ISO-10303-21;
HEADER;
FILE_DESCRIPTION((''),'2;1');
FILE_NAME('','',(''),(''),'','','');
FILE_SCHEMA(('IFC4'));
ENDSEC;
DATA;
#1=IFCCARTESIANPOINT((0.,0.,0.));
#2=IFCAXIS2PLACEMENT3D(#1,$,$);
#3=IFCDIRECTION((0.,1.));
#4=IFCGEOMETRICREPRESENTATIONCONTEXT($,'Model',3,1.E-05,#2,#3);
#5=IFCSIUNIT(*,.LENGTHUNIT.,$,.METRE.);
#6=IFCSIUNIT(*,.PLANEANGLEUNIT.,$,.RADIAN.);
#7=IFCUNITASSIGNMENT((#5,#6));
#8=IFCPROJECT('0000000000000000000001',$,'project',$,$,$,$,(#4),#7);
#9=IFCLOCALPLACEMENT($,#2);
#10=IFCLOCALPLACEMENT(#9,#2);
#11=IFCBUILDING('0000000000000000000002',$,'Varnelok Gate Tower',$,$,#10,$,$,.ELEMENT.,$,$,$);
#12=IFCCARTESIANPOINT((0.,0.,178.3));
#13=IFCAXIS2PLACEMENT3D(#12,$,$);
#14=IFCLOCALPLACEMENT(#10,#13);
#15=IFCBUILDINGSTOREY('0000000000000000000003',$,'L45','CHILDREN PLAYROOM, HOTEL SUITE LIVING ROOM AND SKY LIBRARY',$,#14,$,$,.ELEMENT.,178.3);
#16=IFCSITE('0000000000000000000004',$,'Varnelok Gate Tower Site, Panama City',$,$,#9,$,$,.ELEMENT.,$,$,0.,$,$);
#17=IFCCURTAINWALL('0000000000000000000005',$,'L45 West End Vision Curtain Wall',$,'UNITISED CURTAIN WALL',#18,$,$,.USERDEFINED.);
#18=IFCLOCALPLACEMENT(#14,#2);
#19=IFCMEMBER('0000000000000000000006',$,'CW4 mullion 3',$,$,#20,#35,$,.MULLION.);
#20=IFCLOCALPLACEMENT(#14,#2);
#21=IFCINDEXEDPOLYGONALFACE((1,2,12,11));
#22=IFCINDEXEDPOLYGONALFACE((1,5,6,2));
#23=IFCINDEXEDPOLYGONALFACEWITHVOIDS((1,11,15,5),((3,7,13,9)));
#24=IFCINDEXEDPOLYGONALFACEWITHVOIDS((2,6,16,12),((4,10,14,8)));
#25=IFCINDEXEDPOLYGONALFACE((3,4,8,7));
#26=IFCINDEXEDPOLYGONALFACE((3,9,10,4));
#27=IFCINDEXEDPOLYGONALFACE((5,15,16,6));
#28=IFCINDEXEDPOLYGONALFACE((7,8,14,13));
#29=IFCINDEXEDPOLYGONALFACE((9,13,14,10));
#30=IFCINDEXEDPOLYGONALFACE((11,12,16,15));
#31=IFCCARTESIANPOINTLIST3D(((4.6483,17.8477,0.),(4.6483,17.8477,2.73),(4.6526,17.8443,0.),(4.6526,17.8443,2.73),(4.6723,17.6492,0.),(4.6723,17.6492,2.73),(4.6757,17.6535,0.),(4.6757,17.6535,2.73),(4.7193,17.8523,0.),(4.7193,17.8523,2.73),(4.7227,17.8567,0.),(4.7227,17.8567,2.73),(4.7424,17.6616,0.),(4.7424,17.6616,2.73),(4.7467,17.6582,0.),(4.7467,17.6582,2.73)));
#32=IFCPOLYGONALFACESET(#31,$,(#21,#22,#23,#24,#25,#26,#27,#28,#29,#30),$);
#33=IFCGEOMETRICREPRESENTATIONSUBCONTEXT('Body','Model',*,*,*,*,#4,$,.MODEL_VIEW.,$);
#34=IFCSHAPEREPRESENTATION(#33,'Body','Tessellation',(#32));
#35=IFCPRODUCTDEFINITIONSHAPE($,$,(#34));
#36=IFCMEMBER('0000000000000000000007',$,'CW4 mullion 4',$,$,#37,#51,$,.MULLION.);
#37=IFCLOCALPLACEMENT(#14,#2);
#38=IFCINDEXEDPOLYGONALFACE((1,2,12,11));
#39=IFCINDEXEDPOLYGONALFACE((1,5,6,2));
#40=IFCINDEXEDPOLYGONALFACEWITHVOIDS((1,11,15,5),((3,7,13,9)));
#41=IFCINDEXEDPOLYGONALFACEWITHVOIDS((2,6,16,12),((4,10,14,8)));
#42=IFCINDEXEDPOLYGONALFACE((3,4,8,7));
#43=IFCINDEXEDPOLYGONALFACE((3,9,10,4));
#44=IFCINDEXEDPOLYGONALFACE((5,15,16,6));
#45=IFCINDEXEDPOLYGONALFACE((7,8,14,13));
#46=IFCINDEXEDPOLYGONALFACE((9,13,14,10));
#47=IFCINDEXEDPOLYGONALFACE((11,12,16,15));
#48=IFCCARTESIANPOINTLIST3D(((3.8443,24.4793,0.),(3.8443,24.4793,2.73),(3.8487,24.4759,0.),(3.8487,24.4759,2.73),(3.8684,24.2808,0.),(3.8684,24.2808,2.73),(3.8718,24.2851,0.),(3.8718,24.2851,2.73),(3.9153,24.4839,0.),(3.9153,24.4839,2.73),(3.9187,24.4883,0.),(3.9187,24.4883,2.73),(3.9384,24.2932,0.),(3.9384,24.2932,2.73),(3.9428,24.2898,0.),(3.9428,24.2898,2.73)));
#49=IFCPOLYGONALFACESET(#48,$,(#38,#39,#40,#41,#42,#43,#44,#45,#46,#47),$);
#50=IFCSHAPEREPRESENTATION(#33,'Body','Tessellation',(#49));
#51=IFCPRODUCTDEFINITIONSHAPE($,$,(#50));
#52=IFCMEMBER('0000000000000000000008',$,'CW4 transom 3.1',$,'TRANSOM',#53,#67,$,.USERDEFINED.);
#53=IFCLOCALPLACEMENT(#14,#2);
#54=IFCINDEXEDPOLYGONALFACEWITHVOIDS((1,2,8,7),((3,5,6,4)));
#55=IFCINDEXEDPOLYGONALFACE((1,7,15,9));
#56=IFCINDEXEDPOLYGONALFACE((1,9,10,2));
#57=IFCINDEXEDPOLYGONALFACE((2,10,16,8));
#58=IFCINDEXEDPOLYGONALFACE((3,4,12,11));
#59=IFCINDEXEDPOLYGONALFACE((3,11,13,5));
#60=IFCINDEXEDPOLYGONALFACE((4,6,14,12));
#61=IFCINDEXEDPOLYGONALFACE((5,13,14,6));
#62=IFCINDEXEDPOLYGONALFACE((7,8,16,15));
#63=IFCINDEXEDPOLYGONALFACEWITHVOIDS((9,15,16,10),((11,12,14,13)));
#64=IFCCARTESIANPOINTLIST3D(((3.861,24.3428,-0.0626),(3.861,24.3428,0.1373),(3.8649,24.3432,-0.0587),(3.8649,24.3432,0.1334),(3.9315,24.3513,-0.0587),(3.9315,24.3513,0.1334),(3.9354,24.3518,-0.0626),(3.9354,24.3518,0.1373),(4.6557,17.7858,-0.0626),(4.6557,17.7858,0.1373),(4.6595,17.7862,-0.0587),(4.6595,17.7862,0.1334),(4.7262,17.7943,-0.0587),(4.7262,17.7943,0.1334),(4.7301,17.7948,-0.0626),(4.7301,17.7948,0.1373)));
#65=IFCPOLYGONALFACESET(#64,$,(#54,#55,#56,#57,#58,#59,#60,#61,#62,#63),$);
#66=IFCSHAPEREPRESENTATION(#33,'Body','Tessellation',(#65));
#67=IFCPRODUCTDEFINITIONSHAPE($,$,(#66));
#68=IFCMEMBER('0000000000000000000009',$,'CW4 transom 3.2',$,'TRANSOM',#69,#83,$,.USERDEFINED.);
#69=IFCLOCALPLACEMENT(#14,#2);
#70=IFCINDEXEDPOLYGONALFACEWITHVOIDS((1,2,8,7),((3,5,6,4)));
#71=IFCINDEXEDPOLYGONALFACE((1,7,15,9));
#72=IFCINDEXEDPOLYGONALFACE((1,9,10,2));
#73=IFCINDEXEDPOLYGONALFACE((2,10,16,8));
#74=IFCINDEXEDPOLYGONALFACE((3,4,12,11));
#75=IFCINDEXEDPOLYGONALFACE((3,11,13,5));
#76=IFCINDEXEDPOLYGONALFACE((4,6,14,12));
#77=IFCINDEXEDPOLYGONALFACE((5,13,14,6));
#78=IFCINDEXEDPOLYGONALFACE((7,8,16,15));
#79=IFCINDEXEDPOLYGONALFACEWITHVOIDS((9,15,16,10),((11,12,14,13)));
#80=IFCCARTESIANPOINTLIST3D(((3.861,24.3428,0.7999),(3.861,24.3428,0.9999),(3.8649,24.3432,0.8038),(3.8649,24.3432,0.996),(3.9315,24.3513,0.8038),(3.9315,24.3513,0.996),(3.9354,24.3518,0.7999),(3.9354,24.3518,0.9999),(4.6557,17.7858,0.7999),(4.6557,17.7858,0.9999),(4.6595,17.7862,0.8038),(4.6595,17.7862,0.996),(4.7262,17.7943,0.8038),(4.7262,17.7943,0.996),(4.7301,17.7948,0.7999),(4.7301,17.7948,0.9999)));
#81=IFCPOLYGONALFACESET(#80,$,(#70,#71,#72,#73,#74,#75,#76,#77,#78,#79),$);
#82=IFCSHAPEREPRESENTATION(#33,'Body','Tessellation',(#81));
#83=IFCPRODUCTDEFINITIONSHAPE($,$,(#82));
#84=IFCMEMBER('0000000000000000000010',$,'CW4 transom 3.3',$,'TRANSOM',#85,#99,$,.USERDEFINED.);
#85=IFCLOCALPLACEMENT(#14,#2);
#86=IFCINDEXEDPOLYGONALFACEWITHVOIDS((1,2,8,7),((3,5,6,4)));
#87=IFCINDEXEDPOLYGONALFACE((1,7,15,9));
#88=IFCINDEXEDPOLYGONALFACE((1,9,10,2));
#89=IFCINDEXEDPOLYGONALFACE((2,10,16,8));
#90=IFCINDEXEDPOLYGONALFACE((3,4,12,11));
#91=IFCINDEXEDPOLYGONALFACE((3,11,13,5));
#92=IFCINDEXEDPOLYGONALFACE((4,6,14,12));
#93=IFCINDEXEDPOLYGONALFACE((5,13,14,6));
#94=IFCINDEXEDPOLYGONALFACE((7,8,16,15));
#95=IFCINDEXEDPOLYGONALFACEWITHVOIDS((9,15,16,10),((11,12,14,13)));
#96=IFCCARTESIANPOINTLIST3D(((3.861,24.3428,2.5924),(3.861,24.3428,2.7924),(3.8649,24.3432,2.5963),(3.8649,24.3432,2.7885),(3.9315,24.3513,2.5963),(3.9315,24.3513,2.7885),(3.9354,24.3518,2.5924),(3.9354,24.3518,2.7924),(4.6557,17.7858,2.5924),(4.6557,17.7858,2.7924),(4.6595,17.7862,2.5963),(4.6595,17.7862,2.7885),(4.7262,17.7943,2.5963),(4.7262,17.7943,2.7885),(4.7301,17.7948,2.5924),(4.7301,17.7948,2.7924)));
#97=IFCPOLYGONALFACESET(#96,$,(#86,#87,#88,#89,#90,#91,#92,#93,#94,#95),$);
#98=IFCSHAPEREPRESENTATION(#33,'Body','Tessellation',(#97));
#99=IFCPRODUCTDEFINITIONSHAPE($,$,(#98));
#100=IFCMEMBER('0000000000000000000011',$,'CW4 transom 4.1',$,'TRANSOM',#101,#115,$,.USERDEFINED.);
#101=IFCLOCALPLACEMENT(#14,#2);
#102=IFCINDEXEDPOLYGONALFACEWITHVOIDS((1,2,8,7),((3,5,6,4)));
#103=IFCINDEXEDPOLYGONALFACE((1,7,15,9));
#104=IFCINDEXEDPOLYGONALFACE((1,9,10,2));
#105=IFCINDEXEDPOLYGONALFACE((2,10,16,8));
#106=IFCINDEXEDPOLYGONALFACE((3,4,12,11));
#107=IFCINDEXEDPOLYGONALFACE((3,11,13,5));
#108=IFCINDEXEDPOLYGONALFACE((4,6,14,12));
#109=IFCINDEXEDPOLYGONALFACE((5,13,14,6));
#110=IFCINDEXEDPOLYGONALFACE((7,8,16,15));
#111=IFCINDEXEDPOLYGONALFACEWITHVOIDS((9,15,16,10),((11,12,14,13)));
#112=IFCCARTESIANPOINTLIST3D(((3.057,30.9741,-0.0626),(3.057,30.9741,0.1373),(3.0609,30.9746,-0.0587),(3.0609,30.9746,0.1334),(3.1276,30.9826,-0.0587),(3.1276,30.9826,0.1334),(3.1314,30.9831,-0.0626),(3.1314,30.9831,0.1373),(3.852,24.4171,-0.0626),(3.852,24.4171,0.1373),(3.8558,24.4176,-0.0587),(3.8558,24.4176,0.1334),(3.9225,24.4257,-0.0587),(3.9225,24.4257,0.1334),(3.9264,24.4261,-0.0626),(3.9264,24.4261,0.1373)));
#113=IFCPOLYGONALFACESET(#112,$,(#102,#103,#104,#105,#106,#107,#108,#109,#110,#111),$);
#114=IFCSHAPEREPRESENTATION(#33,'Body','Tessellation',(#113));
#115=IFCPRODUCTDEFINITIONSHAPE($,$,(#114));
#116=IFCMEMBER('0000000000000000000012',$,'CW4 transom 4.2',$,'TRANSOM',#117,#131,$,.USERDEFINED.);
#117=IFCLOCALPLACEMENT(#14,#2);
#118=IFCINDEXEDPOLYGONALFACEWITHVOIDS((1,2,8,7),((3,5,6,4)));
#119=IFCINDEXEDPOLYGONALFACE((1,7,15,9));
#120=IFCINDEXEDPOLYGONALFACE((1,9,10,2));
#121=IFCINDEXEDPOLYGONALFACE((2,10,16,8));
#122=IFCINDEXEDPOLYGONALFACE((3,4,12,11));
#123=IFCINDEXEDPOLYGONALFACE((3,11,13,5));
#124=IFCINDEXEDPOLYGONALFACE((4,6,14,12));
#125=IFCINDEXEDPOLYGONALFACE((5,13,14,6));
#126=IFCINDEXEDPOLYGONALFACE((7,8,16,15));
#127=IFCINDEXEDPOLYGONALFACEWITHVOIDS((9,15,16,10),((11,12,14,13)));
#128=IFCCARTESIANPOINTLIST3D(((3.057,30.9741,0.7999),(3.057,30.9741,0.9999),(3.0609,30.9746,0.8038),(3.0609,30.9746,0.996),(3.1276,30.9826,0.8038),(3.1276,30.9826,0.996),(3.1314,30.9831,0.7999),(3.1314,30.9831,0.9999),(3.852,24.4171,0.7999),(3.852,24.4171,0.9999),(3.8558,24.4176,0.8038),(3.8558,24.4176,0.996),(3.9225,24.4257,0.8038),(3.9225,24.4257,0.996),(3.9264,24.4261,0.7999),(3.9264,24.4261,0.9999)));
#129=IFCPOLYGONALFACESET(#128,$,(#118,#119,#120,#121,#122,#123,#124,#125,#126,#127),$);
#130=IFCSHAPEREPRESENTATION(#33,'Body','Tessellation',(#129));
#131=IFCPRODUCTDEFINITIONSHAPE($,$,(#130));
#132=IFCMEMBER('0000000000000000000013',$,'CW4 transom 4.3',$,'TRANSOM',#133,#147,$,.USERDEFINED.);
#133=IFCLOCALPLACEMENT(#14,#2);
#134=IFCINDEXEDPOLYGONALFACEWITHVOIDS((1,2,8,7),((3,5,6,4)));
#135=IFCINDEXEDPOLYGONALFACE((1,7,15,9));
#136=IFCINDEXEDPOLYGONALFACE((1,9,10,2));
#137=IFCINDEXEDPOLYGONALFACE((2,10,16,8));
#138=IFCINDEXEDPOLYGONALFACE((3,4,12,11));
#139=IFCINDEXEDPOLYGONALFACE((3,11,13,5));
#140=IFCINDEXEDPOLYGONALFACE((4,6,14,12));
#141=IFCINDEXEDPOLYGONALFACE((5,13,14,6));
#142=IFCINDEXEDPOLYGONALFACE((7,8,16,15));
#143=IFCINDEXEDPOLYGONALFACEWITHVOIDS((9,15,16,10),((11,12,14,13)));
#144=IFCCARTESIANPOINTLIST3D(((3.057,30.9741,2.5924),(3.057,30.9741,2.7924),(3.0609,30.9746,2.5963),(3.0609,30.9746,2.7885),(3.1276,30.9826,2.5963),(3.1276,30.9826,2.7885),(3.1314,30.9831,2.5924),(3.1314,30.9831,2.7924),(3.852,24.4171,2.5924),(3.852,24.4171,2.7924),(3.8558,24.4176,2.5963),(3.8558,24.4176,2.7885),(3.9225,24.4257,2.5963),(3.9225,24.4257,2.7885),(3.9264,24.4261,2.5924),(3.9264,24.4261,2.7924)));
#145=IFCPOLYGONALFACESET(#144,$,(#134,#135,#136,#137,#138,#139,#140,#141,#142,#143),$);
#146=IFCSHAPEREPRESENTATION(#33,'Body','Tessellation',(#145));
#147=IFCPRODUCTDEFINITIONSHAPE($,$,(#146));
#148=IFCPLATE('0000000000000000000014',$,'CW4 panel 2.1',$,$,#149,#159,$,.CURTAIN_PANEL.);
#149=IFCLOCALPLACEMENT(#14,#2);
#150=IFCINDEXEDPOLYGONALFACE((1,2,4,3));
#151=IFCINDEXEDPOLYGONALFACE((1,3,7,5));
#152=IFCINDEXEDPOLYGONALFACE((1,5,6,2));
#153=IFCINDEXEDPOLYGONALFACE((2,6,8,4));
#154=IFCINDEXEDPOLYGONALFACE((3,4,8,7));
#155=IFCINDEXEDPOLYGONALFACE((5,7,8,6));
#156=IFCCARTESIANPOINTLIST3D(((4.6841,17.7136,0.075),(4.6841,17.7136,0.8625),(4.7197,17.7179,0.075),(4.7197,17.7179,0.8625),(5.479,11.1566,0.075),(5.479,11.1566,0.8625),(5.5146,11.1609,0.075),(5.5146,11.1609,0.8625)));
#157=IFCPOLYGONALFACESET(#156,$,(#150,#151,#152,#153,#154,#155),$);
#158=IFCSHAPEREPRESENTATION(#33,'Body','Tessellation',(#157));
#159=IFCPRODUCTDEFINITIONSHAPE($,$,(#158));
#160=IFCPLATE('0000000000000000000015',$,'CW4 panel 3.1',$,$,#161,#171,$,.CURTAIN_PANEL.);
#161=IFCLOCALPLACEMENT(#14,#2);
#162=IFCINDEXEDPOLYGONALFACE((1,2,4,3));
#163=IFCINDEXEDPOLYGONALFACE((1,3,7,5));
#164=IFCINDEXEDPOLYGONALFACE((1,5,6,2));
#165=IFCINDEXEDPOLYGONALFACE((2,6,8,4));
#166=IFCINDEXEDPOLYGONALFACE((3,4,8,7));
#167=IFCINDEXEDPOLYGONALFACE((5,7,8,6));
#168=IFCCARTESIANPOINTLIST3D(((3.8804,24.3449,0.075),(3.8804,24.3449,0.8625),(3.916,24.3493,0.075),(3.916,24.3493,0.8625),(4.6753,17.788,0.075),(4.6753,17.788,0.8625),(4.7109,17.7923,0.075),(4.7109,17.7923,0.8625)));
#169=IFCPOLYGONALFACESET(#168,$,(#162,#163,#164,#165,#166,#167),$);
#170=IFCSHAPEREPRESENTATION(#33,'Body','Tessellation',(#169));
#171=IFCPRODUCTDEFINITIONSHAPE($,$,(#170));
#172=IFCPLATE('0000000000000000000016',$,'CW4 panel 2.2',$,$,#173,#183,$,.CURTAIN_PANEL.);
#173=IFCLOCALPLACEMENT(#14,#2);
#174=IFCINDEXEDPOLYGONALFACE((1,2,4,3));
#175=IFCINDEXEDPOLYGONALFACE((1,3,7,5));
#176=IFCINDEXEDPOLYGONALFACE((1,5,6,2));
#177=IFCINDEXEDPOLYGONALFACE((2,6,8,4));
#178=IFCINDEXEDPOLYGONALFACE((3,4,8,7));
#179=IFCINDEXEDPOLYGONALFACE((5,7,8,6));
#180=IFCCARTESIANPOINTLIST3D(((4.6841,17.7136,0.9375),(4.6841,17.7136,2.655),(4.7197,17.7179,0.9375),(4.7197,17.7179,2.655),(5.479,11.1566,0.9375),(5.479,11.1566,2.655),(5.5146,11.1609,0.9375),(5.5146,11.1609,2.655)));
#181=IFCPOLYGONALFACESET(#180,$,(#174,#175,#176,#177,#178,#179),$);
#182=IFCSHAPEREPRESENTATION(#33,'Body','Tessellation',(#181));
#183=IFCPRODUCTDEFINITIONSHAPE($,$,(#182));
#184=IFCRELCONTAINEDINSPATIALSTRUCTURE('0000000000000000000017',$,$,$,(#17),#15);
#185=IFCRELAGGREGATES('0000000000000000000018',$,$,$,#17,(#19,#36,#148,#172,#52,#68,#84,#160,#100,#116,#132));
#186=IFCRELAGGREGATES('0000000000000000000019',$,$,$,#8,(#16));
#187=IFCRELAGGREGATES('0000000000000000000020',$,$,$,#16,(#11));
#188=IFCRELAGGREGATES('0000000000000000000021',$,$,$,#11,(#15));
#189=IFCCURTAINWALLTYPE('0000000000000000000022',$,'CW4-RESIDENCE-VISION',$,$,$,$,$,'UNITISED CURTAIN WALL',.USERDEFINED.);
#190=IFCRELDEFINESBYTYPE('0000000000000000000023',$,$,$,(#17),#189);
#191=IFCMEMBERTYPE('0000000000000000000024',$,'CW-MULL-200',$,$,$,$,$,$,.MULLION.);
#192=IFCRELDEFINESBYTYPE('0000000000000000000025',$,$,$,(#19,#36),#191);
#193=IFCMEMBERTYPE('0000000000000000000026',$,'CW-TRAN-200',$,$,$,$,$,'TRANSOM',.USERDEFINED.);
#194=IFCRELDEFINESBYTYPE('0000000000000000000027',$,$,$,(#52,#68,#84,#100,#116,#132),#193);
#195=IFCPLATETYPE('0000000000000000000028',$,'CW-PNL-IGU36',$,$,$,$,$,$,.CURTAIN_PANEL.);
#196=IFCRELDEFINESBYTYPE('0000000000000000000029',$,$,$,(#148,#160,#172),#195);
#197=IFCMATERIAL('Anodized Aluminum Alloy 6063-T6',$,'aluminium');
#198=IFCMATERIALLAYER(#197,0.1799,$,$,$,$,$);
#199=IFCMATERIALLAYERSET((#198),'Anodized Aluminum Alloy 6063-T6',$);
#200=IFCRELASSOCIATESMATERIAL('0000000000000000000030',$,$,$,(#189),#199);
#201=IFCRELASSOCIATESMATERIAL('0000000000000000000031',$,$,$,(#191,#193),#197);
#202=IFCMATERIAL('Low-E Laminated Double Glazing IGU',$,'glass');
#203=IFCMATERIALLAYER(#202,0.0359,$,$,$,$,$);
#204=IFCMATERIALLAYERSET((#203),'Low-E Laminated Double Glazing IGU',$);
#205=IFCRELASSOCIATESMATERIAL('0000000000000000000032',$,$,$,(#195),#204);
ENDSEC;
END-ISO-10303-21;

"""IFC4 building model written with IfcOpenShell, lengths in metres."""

from ifc_helpers import new_model, si_unit, direction, frame, origin, origin_2d, place, context, subcontext, project, spatial, rectangle, hollow_rectangle, extrude, source, transform, mapped, material, layer, layer_set, material_profile, profile_set, type_object, element, aggregate, save


model = new_model("IFC4")

# Units and contexts
model_context = context("Model", 3, precision=1e-05, world=origin(), true_north=direction((0.0, 1.0)))
body_context = subcontext(model_context, "Body", "Model", "MODEL_VIEW")
ifc_project = project(units=[si_unit("LENGTHUNIT", "METRE"), si_unit("PLANEANGLEUNIT", "RADIAN")], contexts=[model_context])

# Site, building, storey
site_placement = place(None, origin())
site = spatial("IfcSite", under=ifc_project, at=site_placement, Name="Varnelok Gate Tower Site, Panama City", CompositionType="ELEMENT", RefElevation=0.0)
building_placement = place(site_placement, origin())
building = spatial("IfcBuilding", under=site, at=building_placement, Name="Varnelok Gate Tower", CompositionType="ELEMENT")
storey_placement = place(building_placement, frame((0.0, 0.0, 178.3)))
storey = spatial("IfcBuildingStorey", under=building, at=storey_placement, Name="L45", Description="CHILDREN PLAYROOM, HOTEL SUITE LIVING ROOM AND SKY LIBRARY", CompositionType="ELEMENT", Elevation=178.3)

# Curtain wall, members, plates
ifc_material_1 = material(Name="Anodized Aluminum Alloy 6063-T6", Category="aluminium")
ifc_layer_1 = layer(ifc_material_1, 0.1799)
ifc_layer_set_1 = layer_set([ifc_layer_1], Name="Anodized Aluminum Alloy 6063-T6")
curtain_wall_type = type_object("IfcCurtainWallType", Name="CW4-RESIDENCE-VISION", ElementType="UNITISED CURTAIN WALL", PredefinedType="USERDEFINED", material=ifc_layer_set_1)
curtain_wall_placement = place(storey_placement, origin())
curtain_wall = element("IfcCurtainWall", 1, at=curtain_wall_placement, inside=storey, type_object=curtain_wall_type, Name="L45 West End Vision Curtain Wall", ObjectType="UNITISED CURTAIN WALL", PredefinedType="USERDEFINED")
ifc_material_profile_1 = material_profile(ifc_material_1, hollow_rectangle(XDim=0.075, YDim=0.2, WallThickness=0.0039, at=origin_2d()), Name="ALU200X75X4")
ifc_profile_set_1 = profile_set([ifc_material_profile_1], Name="Anodized Aluminum Alloy 6063-T6")
member_type_1 = type_object("IfcMemberType", Name="CW-MULL-200", PredefinedType="MULLION", material=ifc_profile_set_1)
member_1_placement = place(storey_placement, frame((4.6975, 17.7529, 0.0), z_axis=(0.0, 0.0, 1.0), x_axis=(-0.992732, -0.120345, 0.0)))
member_1 = element("IfcMember", 2, at=member_1_placement, type_object=member_type_1, Name="CW4 mullion 3", PredefinedType="MULLION", context=body_context, shape_type="SweptSolid", body=[
    extrude(hollow_rectangle(XDim=0.075, YDim=0.2, WallThickness=0.0039, at=origin_2d()), origin(), (0.0, 0.0, 1.0), 2.73),
])
member_2_placement = place(storey_placement, frame((3.8936, 24.3845, 0.0), z_axis=(0.0, 0.0, 1.0), x_axis=(-0.992732, -0.120345, 0.0)))
member_2 = element("IfcMember", 3, at=member_2_placement, type_object=member_type_1, Name="CW4 mullion 4", PredefinedType="MULLION", context=body_context, shape_type="SweptSolid", body=[
    extrude(hollow_rectangle(XDim=0.075, YDim=0.2, WallThickness=0.0039, at=origin_2d()), origin(), (0.0, 0.0, 1.0), 2.73),
])
ifc_material_profile_2 = material_profile(ifc_material_1, hollow_rectangle(XDim=0.075, YDim=0.2, WallThickness=0.0039, at=origin_2d()), Name="ALU200X75X4")
ifc_profile_set_2 = profile_set([ifc_material_profile_2], Name="Anodized Aluminum Alloy 6063-T6")
member_type_2 = type_object("IfcMemberType", Name="CW-TRAN-200", ElementType="TRANSOM", PredefinedType="USERDEFINED", material=ifc_profile_set_2)
member_3_placement = place(storey_placement, frame((4.6929, 17.7903, 0.0374), z_axis=(-0.120317, 0.992736, 0.0), x_axis=(-0.992736, -0.120317, 0.0)))
member_3 = element("IfcMember", 4, at=member_3_placement, type_object=member_type_2, Name="CW4 transom 3.1", ObjectType="TRANSOM", PredefinedType="USERDEFINED", context=body_context, shape_type="SweptSolid", body=[
    extrude(hollow_rectangle(XDim=0.075, YDim=0.2, WallThickness=0.0039, at=origin_2d()), origin(), (0.0, 0.0, 1.0), 6.605),
])
member_4_placement = place(storey_placement, frame((4.6929, 17.7903, 0.8999), z_axis=(-0.120317, 0.992736, 0.0), x_axis=(-0.992736, -0.120317, 0.0)))
member_4 = element("IfcMember", 5, at=member_4_placement, type_object=member_type_2, Name="CW4 transom 3.2", ObjectType="TRANSOM", PredefinedType="USERDEFINED", context=body_context, shape_type="SweptSolid", body=[
    extrude(hollow_rectangle(XDim=0.075, YDim=0.2, WallThickness=0.0039, at=origin_2d()), origin(), (0.0, 0.0, 1.0), 6.605),
])
member_5_placement = place(storey_placement, frame((4.6929, 17.7903, 2.6924), z_axis=(-0.120317, 0.992736, 0.0), x_axis=(-0.992736, -0.120317, 0.0)))
member_5 = element("IfcMember", 6, at=member_5_placement, type_object=member_type_2, Name="CW4 transom 3.3", ObjectType="TRANSOM", PredefinedType="USERDEFINED", context=body_context, shape_type="SweptSolid", body=[
    extrude(hollow_rectangle(XDim=0.075, YDim=0.2, WallThickness=0.0039, at=origin_2d()), origin(), (0.0, 0.0, 1.0), 6.605),
])
member_6_placement = place(storey_placement, frame((3.8892, 24.4216, 0.0374), z_axis=(-0.120353, 0.992731, 0.0), x_axis=(-0.992731, -0.120353, 0.0)))
member_6 = element("IfcMember", 7, at=member_6_placement, type_object=member_type_2, Name="CW4 transom 4.1", ObjectType="TRANSOM", PredefinedType="USERDEFINED", context=body_context, shape_type="SweptSolid", body=[
    extrude(hollow_rectangle(XDim=0.075, YDim=0.2, WallThickness=0.0039, at=origin_2d()), origin(), (0.0, 0.0, 1.0), 6.605),
])
member_7_placement = place(storey_placement, frame((3.8892, 24.4216, 0.8999), z_axis=(-0.120353, 0.992731, 0.0), x_axis=(-0.992731, -0.120353, 0.0)))
member_7 = element("IfcMember", 8, at=member_7_placement, type_object=member_type_2, Name="CW4 transom 4.2", ObjectType="TRANSOM", PredefinedType="USERDEFINED", context=body_context, shape_type="SweptSolid", body=[
    extrude(hollow_rectangle(XDim=0.075, YDim=0.2, WallThickness=0.0039, at=origin_2d()), origin(), (0.0, 0.0, 1.0), 6.605),
])
member_8_placement = place(storey_placement, frame((3.8892, 24.4216, 2.6924), z_axis=(-0.120353, 0.992731, 0.0), x_axis=(-0.992731, -0.120353, 0.0)))
member_8 = element("IfcMember", 9, at=member_8_placement, type_object=member_type_2, Name="CW4 transom 4.3", ObjectType="TRANSOM", PredefinedType="USERDEFINED", context=body_context, shape_type="SweptSolid", body=[
    extrude(hollow_rectangle(XDim=0.075, YDim=0.2, WallThickness=0.0039, at=origin_2d()), origin(), (0.0, 0.0, 1.0), 6.605),
])
ifc_material_2 = material(Name="Low-E Laminated Double Glazing IGU", Category="glass")
ifc_layer_2 = layer(ifc_material_2, 0.0359)
ifc_layer_set_2 = layer_set([ifc_layer_2], Name="Low-E Laminated Double Glazing IGU")
plate_type = type_object("IfcPlateType", Name="CW-PNL-IGU36", PredefinedType="CURTAIN_PANEL", material=ifc_layer_set_2)
shared_shape_1 = source(origin(), body_context, "Body", "SweptSolid", [
    extrude(rectangle(XDim=6.605, YDim=0.0359, at=origin_2d()), origin(), (0.0, 0.0, 1.0), 0.7876),
])
plate_1_placement = place(storey_placement, frame((5.0994, 14.4373, 0.075), z_axis=(0.0, 0.0, 1.0), x_axis=(-0.120345, 0.992732, 0.0)))
plate_1 = element("IfcPlate", 10, at=plate_1_placement, type_object=plate_type, Name="CW4 panel 2.1", PredefinedType="CURTAIN_PANEL", context=body_context, shape_type="MappedRepresentation", body=[
    mapped(shared_shape_1, transform((0.0, 0.0, 0.0), scale=1.0)),
])
plate_2_placement = place(storey_placement, frame((4.2957, 21.0686, 0.075), z_axis=(0.0, 0.0, 1.0), x_axis=(-0.120345, 0.992732, 0.0)))
plate_2 = element("IfcPlate", 11, at=plate_2_placement, type_object=plate_type, Name="CW4 panel 3.1", PredefinedType="CURTAIN_PANEL", context=body_context, shape_type="MappedRepresentation", body=[
    mapped(shared_shape_1, transform((0.0, 0.0, 0.0), scale=1.0)),
])
shared_shape_2 = source(origin(), body_context, "Body", "SweptSolid", [
    extrude(rectangle(XDim=6.605, YDim=0.0359, at=origin_2d()), origin(), (0.0, 0.0, 1.0), 1.7175),
])
plate_3_placement = place(storey_placement, frame((5.0994, 14.4373, 0.9375), z_axis=(0.0, 0.0, 1.0), x_axis=(-0.120345, 0.992732, 0.0)))
plate_3 = element("IfcPlate", 12, at=plate_3_placement, type_object=plate_type, Name="CW4 panel 2.2", PredefinedType="CURTAIN_PANEL", context=body_context, shape_type="MappedRepresentation", body=[
    mapped(shared_shape_2, transform((0.0, 0.0, 0.0), scale=1.0)),
])
aggregate(curtain_wall, [member_1, member_2, plate_1, plate_3, member_3, member_4, member_5, plate_2, member_6, member_7, member_8])

save(model, "model.ifc")
